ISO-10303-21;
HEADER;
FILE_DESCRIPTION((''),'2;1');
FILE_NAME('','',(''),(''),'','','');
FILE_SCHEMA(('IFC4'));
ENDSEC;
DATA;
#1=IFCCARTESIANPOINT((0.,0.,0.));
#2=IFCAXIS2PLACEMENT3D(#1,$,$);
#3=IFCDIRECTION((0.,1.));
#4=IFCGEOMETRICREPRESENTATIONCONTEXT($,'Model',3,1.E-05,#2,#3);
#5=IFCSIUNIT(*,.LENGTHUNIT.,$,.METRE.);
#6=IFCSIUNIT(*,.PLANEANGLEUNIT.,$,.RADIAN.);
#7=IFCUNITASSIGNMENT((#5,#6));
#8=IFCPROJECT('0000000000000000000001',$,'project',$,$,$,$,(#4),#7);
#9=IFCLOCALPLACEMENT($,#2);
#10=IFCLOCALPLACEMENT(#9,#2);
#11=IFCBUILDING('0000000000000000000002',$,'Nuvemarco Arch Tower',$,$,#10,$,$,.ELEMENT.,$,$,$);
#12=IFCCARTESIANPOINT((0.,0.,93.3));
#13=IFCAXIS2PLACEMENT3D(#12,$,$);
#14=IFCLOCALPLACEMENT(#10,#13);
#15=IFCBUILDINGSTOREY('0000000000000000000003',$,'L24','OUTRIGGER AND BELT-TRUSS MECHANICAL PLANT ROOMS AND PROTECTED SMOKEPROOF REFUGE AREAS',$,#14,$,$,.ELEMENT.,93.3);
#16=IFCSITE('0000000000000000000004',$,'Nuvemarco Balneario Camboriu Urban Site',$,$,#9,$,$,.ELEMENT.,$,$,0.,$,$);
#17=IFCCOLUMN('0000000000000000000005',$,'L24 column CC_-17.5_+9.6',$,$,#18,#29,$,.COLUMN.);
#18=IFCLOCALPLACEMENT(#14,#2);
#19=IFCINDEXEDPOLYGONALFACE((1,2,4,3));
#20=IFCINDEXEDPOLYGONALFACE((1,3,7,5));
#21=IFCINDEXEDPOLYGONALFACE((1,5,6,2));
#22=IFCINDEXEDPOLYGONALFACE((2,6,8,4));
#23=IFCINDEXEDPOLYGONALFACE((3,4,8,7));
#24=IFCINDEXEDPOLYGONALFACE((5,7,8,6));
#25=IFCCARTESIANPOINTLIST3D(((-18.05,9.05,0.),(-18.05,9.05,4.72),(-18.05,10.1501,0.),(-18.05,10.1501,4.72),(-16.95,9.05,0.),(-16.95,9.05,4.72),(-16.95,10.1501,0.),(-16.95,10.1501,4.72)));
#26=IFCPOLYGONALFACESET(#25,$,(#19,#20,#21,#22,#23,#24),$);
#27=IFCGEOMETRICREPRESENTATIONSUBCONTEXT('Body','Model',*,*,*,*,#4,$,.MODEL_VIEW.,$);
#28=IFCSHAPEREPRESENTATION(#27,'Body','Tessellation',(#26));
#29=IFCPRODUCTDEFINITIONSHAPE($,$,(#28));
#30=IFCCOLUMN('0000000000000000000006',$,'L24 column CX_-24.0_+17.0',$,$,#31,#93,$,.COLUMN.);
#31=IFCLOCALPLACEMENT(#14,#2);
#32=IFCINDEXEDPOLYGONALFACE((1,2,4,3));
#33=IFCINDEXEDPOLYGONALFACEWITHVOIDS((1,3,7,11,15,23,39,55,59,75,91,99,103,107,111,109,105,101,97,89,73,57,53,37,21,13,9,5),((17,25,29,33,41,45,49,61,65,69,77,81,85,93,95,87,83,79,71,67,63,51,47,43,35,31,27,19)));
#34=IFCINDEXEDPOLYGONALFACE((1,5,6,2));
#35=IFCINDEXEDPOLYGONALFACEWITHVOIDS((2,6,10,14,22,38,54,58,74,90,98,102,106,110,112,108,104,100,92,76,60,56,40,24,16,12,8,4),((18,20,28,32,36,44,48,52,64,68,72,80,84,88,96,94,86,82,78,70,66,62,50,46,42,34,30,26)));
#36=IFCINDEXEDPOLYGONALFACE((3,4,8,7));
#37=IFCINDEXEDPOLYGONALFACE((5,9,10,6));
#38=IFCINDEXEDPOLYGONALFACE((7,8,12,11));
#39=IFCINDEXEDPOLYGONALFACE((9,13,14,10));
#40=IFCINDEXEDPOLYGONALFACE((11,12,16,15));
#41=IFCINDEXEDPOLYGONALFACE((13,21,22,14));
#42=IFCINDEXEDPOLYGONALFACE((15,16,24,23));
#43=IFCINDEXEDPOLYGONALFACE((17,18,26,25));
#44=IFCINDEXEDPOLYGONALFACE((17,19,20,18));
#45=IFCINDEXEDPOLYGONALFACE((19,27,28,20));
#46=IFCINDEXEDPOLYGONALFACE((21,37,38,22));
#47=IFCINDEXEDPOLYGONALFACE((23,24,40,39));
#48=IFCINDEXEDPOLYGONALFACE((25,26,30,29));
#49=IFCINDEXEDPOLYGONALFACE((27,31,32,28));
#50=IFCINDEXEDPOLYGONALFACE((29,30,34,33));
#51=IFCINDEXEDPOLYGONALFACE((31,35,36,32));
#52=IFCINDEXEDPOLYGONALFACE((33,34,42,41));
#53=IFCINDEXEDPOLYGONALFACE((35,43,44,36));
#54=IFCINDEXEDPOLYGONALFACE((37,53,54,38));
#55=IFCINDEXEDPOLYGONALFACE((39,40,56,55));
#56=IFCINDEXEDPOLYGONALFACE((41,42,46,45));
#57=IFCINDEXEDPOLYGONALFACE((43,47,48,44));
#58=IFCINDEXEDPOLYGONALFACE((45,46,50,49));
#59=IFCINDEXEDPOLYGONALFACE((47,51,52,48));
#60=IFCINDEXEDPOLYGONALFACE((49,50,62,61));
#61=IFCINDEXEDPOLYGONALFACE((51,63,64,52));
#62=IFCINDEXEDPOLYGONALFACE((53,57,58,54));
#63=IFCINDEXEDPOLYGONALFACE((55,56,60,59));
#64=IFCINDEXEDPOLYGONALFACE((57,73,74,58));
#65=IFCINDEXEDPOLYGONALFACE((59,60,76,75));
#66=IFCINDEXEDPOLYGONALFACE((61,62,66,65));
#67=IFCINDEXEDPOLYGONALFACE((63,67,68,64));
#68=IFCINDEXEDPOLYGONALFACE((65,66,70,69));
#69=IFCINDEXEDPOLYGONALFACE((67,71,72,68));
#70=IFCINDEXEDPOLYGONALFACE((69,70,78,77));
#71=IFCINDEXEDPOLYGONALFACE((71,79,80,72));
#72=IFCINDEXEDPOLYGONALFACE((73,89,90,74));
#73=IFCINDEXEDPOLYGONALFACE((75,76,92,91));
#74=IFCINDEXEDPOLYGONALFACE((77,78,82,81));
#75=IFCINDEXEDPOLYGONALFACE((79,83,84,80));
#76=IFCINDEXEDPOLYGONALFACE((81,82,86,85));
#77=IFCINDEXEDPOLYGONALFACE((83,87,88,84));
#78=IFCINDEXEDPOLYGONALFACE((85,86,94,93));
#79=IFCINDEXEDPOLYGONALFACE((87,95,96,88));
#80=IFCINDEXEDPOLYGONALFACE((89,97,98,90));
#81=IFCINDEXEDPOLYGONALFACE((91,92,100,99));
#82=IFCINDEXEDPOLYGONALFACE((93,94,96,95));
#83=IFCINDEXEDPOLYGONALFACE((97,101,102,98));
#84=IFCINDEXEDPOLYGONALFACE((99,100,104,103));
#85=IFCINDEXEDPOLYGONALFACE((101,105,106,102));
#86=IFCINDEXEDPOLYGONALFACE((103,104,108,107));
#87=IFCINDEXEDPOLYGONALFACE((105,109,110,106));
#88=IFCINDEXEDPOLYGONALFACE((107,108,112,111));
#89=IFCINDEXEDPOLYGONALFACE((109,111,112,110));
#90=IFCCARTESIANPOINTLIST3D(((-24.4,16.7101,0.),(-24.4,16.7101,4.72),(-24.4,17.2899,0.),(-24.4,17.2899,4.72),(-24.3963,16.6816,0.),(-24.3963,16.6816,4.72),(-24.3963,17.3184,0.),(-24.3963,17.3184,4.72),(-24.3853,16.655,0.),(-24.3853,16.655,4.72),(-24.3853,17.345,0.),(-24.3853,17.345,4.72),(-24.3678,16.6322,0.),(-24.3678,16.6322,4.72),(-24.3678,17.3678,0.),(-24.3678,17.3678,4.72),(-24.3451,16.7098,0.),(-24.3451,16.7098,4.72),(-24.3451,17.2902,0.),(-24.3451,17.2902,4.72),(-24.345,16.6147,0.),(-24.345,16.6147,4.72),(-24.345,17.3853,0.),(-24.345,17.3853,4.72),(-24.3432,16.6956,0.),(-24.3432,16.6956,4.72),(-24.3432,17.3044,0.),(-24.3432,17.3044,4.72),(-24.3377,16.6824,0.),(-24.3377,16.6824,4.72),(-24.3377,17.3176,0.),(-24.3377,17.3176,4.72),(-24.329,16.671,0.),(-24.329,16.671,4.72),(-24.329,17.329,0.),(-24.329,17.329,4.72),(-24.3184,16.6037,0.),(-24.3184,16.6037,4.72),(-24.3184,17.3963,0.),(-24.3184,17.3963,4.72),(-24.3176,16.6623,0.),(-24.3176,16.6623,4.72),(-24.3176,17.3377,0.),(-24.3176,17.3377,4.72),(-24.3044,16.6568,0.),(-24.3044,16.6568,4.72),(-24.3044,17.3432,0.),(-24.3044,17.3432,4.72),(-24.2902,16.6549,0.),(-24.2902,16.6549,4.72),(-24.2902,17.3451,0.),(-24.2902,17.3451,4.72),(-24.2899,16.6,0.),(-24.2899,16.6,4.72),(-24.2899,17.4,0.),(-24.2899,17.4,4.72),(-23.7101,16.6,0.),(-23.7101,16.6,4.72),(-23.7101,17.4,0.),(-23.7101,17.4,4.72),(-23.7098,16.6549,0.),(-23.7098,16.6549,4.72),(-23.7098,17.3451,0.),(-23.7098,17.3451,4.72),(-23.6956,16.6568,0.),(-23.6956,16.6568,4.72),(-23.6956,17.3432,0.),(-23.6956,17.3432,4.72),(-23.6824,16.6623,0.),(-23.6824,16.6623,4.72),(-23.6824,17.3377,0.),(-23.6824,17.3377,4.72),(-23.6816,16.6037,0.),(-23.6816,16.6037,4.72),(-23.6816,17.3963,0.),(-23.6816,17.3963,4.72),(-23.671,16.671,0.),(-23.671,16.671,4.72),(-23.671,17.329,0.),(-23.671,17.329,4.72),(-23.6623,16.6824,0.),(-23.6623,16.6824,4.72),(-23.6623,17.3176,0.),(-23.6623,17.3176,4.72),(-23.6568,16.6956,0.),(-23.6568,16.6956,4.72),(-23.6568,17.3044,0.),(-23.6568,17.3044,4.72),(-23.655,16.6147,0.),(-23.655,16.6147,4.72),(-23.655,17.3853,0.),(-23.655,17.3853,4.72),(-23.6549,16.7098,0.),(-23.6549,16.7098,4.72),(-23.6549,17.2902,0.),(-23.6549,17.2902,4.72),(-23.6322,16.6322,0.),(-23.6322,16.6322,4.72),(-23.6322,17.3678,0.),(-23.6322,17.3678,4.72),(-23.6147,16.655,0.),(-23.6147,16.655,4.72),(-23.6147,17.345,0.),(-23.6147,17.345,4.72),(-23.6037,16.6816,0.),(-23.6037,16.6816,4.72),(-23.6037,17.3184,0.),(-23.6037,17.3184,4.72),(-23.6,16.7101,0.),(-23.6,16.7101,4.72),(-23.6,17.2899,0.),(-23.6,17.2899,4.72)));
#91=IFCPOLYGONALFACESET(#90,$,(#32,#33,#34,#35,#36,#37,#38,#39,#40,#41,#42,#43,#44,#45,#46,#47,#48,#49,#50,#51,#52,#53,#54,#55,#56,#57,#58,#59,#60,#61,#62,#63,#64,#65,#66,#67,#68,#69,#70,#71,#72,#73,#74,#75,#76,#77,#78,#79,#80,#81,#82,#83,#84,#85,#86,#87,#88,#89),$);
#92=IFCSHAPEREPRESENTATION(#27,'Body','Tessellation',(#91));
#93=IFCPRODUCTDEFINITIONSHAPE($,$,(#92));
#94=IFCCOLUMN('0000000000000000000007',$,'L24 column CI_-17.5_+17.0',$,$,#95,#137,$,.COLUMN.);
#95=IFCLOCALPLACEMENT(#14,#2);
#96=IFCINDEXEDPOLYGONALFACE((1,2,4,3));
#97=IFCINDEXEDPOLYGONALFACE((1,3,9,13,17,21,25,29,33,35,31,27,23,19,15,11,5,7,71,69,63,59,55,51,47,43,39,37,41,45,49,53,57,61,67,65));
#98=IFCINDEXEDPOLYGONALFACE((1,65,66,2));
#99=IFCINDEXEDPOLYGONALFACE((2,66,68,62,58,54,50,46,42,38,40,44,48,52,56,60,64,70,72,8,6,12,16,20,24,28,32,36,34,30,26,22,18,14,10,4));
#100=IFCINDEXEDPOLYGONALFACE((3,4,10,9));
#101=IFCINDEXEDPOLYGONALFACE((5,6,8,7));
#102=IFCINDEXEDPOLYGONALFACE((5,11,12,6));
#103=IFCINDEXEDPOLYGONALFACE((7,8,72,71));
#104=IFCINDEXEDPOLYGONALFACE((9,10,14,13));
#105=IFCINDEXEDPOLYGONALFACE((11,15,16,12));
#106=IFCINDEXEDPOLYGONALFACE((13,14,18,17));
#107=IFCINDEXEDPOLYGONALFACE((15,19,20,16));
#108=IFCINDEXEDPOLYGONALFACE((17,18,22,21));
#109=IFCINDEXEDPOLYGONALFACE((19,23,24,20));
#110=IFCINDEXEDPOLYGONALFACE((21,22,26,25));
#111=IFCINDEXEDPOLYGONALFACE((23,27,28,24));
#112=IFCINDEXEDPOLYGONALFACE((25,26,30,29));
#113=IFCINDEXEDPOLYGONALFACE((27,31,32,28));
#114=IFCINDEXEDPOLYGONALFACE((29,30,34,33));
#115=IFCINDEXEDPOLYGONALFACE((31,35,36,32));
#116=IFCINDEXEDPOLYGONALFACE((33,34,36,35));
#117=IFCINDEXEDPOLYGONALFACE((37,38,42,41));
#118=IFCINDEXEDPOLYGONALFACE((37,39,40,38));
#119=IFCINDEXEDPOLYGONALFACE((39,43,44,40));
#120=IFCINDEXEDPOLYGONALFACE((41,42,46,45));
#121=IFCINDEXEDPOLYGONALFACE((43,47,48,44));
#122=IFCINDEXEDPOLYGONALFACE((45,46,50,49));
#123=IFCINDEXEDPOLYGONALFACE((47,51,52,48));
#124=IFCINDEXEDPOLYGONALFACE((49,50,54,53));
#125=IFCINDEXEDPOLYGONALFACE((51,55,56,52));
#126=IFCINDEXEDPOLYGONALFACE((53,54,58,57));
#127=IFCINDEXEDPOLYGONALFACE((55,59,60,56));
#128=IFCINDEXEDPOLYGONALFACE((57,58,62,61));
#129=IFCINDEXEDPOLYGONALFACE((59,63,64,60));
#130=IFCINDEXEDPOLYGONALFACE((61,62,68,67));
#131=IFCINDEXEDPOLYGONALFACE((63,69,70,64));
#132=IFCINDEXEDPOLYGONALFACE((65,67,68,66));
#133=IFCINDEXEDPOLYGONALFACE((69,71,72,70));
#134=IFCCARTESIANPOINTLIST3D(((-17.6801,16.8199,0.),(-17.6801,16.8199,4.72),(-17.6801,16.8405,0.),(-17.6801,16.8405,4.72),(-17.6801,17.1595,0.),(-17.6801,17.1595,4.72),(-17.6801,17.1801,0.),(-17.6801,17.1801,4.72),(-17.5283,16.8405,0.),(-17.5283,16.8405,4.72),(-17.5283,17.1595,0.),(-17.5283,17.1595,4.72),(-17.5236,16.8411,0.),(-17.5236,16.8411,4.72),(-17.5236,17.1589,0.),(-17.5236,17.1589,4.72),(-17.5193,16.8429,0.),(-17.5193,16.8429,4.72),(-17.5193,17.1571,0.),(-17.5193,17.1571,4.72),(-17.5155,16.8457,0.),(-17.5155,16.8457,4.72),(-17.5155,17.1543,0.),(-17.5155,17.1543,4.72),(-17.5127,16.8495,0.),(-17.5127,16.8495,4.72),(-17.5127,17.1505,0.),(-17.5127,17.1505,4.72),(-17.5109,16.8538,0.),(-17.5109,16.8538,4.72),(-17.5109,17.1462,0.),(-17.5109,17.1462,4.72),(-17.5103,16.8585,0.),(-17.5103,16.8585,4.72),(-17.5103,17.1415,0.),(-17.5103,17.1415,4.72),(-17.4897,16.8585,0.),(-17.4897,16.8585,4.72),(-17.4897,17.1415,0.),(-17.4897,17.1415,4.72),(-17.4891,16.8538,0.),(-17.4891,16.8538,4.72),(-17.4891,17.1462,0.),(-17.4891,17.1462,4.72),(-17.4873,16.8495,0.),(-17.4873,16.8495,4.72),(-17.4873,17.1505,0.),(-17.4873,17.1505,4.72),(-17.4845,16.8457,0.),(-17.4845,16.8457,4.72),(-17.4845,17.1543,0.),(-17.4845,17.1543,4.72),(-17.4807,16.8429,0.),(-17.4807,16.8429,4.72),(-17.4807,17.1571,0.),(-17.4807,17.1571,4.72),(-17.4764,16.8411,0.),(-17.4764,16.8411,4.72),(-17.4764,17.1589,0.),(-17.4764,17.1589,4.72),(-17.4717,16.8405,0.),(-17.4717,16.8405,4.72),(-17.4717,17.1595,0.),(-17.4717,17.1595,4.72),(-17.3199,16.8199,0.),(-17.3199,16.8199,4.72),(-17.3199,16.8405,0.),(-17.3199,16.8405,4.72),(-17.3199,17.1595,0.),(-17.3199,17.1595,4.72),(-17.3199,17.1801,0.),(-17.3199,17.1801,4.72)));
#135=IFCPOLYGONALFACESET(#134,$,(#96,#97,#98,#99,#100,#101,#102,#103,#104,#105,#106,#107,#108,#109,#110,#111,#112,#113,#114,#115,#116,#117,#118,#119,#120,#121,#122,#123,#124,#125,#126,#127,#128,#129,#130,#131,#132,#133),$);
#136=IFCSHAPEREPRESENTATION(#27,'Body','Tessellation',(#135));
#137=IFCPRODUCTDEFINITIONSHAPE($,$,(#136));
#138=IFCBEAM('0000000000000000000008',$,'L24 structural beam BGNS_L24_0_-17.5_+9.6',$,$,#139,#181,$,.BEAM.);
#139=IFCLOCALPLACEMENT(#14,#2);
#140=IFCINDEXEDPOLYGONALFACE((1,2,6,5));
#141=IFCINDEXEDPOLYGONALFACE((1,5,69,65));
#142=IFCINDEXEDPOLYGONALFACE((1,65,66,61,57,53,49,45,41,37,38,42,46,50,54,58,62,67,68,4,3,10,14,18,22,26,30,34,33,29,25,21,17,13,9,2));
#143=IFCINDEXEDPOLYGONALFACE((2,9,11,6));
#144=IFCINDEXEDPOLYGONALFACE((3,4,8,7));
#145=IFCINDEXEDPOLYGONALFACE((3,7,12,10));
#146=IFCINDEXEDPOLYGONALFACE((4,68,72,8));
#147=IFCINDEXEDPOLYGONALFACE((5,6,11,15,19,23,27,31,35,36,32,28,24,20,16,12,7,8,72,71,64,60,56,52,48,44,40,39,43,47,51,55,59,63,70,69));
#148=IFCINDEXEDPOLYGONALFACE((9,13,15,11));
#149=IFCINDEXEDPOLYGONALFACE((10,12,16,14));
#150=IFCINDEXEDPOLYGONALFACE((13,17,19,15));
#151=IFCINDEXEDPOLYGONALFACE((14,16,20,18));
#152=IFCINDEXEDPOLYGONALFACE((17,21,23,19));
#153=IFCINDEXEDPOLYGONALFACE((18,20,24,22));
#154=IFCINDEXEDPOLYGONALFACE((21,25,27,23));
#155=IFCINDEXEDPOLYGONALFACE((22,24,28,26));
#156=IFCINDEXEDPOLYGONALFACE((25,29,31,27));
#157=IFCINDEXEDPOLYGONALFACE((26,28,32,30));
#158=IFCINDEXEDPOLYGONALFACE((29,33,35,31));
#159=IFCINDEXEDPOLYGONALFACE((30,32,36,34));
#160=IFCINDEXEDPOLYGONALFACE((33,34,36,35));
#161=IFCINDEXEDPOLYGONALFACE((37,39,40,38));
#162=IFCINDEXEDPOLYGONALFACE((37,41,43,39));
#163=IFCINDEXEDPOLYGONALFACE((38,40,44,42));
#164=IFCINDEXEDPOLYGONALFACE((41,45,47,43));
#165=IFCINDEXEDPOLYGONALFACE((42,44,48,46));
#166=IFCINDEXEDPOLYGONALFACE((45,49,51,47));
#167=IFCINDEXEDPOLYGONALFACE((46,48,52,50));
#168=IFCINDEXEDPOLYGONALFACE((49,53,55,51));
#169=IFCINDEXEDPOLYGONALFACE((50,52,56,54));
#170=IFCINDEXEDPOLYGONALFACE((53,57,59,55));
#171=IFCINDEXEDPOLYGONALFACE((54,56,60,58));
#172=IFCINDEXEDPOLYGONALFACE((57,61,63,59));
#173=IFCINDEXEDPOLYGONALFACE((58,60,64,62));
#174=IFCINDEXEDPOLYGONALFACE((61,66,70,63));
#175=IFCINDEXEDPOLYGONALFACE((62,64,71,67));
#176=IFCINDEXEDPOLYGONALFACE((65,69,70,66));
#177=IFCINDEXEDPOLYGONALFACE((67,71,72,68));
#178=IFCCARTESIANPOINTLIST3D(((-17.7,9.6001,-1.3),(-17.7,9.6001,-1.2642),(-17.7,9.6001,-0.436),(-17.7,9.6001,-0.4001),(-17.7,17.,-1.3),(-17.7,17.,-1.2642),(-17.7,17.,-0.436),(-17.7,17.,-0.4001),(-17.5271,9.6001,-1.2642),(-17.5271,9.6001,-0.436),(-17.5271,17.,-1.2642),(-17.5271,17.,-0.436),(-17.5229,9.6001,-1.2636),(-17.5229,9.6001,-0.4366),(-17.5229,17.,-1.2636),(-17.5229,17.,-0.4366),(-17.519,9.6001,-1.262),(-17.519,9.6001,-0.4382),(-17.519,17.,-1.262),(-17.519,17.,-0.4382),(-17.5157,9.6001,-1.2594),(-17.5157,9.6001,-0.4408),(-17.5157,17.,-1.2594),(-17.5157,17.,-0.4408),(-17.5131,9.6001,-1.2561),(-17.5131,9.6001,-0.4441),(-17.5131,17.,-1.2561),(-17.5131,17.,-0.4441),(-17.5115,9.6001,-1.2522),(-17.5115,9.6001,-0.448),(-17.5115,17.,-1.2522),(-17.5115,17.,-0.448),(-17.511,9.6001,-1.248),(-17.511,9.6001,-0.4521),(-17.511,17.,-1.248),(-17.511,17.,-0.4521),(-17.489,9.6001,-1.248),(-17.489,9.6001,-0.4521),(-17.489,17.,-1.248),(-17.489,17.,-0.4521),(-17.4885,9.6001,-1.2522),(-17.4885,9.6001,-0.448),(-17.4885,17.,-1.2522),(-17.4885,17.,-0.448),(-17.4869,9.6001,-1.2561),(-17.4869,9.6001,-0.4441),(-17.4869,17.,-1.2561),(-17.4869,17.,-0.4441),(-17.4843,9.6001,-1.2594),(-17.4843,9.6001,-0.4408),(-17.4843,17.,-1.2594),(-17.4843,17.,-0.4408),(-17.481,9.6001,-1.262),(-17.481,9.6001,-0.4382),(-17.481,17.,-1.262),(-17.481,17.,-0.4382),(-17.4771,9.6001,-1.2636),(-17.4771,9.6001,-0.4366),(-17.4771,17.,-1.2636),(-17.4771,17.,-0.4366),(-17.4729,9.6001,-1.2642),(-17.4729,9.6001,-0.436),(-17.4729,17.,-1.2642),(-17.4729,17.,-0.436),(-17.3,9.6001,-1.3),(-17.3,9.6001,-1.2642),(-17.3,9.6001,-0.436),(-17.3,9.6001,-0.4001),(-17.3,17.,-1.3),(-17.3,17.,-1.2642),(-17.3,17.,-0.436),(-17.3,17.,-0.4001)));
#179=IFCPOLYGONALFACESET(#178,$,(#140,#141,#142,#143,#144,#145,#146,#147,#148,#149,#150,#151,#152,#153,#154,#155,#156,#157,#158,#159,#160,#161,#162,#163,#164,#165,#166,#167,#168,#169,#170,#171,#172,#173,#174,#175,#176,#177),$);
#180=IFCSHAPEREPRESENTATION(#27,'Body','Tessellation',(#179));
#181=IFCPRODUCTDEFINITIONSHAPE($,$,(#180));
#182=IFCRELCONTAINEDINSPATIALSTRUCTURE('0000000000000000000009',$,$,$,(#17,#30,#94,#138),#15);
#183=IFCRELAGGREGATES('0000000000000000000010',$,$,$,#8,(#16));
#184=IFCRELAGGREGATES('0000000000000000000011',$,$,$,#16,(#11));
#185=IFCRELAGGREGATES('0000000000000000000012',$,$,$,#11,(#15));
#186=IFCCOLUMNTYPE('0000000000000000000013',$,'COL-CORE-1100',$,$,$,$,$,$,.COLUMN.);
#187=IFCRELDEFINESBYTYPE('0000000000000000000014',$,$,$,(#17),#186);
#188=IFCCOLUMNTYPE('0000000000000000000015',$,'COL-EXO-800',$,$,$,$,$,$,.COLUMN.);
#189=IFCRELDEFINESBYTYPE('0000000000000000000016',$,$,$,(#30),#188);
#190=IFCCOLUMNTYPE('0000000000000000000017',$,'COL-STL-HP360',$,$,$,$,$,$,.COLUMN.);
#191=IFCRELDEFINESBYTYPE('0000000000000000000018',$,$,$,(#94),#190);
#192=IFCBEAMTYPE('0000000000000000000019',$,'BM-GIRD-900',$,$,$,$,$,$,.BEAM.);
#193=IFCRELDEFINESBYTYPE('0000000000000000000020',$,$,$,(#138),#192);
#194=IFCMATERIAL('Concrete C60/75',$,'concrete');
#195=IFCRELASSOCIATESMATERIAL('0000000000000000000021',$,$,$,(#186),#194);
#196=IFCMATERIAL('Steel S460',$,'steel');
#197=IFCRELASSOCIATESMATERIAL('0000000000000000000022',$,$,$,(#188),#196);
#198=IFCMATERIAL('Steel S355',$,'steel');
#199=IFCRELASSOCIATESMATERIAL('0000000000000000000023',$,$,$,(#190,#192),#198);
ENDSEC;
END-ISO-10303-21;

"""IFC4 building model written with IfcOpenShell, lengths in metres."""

from ifc_helpers import new_model, si_unit, direction, frame, origin, origin_2d, place, context, subcontext, project, spatial, rectangle, hollow_rectangle, i_section, extrude, material, material_profile, profile_set, type_object, element, save


model = new_model("IFC4")

# Units and contexts
model_context = context("Model", 3, precision=1e-05, world=origin(), true_north=direction((0.0, 1.0)))
body_context = subcontext(model_context, "Body", "Model", "MODEL_VIEW")
ifc_project = project(units=[si_unit("LENGTHUNIT", "METRE"), si_unit("PLANEANGLEUNIT", "RADIAN")], contexts=[model_context])

# Site, building, storey
site_placement = place(None, origin())
site = spatial("IfcSite", under=ifc_project, at=site_placement, Name="Nuvemarco Balneario Camboriu Urban Site", CompositionType="ELEMENT", RefElevation=0.0)
building_placement = place(site_placement, origin())
building = spatial("IfcBuilding", under=site, at=building_placement, Name="Nuvemarco Arch Tower", CompositionType="ELEMENT")
storey_placement = place(building_placement, frame((0.0, 0.0, 93.3)))
storey = spatial("IfcBuildingStorey", under=building, at=storey_placement, Name="L24", Description="OUTRIGGER AND BELT-TRUSS MECHANICAL PLANT ROOMS AND PROTECTED SMOKEPROOF REFUGE AREAS", CompositionType="ELEMENT", Elevation=93.3)

# Columns
ifc_material_1 = material(Name="Concrete C60/75", Category="concrete")
ifc_material_profile_1 = material_profile(ifc_material_1, rectangle(XDim=1.1001, YDim=1.1001, at=origin_2d()), Name="RC-COL-1100x1100")
ifc_profile_set_1 = profile_set([ifc_material_profile_1], Name="Concrete C60/75")
column_type_1 = type_object("IfcColumnType", Name="COL-CORE-1100", PredefinedType="COLUMN", material=ifc_profile_set_1)
column_1_placement = place(storey_placement, frame((-17.5, 9.6001, 0.0), z_axis=(0.0, 0.0, 1.0), x_axis=(1.0, 0.0, 0.0)))
element("IfcColumn", 1, at=column_1_placement, inside=storey, type_object=column_type_1, Name="L24 column CC_-17.5_+9.6", PredefinedType="COLUMN", context=body_context, shape_type="SweptSolid", body=[
    extrude(rectangle(XDim=1.1001, YDim=1.1001, at=origin_2d()), origin(), (0.0, 0.0, 1.0), 4.72),
])
ifc_material_2 = material(Name="Steel S460", Category="steel")
ifc_material_profile_2 = material_profile(ifc_material_2, hollow_rectangle(XDim=0.8, YDim=0.8, WallThickness=0.0549, InnerFilletRadius=0.0549, OuterFilletRadius=0.1101, at=origin_2d()), Name="SHS800x800x55")
ifc_profile_set_2 = profile_set([ifc_material_profile_2], Name="Steel S460")
column_type_2 = type_object("IfcColumnType", Name="COL-EXO-800", PredefinedType="COLUMN", material=ifc_profile_set_2)
column_2_placement = place(storey_placement, frame((-24.0, 17.0, 0.0), z_axis=(0.0, 0.0, 1.0), x_axis=(1.0, 0.0, 0.0)))
element("IfcColumn", 2, at=column_2_placement, inside=storey, type_object=column_type_2, Name="L24 column CX_-24.0_+17.0", PredefinedType="COLUMN", context=body_context, shape_type="SweptSolid", body=[
    extrude(hollow_rectangle(XDim=0.8, YDim=0.8, WallThickness=0.0549, InnerFilletRadius=0.0549, OuterFilletRadius=0.1101, at=origin_2d()), origin(), (0.0, 0.0, 1.0), 4.72),
])
ifc_material_3 = material(Name="Steel S355", Category="steel")
ifc_material_profile_3 = material_profile(ifc_material_3, i_section(OverallWidth=0.3601, OverallDepth=0.3601, WebThickness=0.0205, FlangeThickness=0.0205, FilletRadius=0.0181, at=origin_2d()), Name="HP360x174")
ifc_profile_set_3 = profile_set([ifc_material_profile_3], Name="Steel S355")
column_type_3 = type_object("IfcColumnType", Name="COL-STL-HP360", PredefinedType="COLUMN", material=ifc_profile_set_3)
column_3_placement = place(storey_placement, frame((-17.5, 17.0, 0.0), z_axis=(0.0, 0.0, 1.0), x_axis=(1.0, 0.0, 0.0)))
element("IfcColumn", 3, at=column_3_placement, inside=storey, type_object=column_type_3, Name="L24 column CI_-17.5_+17.0", PredefinedType="COLUMN", context=body_context, shape_type="SweptSolid", body=[
    extrude(i_section(OverallWidth=0.3601, OverallDepth=0.3601, WebThickness=0.0205, FlangeThickness=0.0205, FilletRadius=0.0181, at=origin_2d()), origin(), (0.0, 0.0, 1.0), 4.72),
])

# Beam
ifc_material_profile_4 = material_profile(ifc_material_3, i_section(OverallWidth=0.3999, OverallDepth=0.8999, WebThickness=0.022, FlangeThickness=0.0359, FilletRadius=0.0161, at=origin_2d()), Name="PG900x400")
ifc_profile_set_4 = profile_set([ifc_material_profile_4], Name="Steel S355")
beam_type_1 = type_object("IfcBeamType", Name="BM-GIRD-900", PredefinedType="BEAM", material=ifc_profile_set_4)
beam_1_placement = place(storey_placement, frame((-17.5, 9.6001, -0.8501), z_axis=(0.0, 1.0, 0.0), x_axis=(-1.0, 0.0, 0.0)))
element("IfcBeam", 4, at=beam_1_placement, inside=storey, type_object=beam_type_1, Name="L24 structural beam BGNS_L24_0_-17.5_+9.6", PredefinedType="BEAM", context=body_context, shape_type="SweptSolid", body=[
    extrude(i_section(OverallWidth=0.3999, OverallDepth=0.8999, WebThickness=0.022, FlangeThickness=0.0359, FilletRadius=0.0161, at=origin_2d()), origin(), (0.0, 0.0, 1.0), 7.3999),
])

save(model, "model.ifc")
